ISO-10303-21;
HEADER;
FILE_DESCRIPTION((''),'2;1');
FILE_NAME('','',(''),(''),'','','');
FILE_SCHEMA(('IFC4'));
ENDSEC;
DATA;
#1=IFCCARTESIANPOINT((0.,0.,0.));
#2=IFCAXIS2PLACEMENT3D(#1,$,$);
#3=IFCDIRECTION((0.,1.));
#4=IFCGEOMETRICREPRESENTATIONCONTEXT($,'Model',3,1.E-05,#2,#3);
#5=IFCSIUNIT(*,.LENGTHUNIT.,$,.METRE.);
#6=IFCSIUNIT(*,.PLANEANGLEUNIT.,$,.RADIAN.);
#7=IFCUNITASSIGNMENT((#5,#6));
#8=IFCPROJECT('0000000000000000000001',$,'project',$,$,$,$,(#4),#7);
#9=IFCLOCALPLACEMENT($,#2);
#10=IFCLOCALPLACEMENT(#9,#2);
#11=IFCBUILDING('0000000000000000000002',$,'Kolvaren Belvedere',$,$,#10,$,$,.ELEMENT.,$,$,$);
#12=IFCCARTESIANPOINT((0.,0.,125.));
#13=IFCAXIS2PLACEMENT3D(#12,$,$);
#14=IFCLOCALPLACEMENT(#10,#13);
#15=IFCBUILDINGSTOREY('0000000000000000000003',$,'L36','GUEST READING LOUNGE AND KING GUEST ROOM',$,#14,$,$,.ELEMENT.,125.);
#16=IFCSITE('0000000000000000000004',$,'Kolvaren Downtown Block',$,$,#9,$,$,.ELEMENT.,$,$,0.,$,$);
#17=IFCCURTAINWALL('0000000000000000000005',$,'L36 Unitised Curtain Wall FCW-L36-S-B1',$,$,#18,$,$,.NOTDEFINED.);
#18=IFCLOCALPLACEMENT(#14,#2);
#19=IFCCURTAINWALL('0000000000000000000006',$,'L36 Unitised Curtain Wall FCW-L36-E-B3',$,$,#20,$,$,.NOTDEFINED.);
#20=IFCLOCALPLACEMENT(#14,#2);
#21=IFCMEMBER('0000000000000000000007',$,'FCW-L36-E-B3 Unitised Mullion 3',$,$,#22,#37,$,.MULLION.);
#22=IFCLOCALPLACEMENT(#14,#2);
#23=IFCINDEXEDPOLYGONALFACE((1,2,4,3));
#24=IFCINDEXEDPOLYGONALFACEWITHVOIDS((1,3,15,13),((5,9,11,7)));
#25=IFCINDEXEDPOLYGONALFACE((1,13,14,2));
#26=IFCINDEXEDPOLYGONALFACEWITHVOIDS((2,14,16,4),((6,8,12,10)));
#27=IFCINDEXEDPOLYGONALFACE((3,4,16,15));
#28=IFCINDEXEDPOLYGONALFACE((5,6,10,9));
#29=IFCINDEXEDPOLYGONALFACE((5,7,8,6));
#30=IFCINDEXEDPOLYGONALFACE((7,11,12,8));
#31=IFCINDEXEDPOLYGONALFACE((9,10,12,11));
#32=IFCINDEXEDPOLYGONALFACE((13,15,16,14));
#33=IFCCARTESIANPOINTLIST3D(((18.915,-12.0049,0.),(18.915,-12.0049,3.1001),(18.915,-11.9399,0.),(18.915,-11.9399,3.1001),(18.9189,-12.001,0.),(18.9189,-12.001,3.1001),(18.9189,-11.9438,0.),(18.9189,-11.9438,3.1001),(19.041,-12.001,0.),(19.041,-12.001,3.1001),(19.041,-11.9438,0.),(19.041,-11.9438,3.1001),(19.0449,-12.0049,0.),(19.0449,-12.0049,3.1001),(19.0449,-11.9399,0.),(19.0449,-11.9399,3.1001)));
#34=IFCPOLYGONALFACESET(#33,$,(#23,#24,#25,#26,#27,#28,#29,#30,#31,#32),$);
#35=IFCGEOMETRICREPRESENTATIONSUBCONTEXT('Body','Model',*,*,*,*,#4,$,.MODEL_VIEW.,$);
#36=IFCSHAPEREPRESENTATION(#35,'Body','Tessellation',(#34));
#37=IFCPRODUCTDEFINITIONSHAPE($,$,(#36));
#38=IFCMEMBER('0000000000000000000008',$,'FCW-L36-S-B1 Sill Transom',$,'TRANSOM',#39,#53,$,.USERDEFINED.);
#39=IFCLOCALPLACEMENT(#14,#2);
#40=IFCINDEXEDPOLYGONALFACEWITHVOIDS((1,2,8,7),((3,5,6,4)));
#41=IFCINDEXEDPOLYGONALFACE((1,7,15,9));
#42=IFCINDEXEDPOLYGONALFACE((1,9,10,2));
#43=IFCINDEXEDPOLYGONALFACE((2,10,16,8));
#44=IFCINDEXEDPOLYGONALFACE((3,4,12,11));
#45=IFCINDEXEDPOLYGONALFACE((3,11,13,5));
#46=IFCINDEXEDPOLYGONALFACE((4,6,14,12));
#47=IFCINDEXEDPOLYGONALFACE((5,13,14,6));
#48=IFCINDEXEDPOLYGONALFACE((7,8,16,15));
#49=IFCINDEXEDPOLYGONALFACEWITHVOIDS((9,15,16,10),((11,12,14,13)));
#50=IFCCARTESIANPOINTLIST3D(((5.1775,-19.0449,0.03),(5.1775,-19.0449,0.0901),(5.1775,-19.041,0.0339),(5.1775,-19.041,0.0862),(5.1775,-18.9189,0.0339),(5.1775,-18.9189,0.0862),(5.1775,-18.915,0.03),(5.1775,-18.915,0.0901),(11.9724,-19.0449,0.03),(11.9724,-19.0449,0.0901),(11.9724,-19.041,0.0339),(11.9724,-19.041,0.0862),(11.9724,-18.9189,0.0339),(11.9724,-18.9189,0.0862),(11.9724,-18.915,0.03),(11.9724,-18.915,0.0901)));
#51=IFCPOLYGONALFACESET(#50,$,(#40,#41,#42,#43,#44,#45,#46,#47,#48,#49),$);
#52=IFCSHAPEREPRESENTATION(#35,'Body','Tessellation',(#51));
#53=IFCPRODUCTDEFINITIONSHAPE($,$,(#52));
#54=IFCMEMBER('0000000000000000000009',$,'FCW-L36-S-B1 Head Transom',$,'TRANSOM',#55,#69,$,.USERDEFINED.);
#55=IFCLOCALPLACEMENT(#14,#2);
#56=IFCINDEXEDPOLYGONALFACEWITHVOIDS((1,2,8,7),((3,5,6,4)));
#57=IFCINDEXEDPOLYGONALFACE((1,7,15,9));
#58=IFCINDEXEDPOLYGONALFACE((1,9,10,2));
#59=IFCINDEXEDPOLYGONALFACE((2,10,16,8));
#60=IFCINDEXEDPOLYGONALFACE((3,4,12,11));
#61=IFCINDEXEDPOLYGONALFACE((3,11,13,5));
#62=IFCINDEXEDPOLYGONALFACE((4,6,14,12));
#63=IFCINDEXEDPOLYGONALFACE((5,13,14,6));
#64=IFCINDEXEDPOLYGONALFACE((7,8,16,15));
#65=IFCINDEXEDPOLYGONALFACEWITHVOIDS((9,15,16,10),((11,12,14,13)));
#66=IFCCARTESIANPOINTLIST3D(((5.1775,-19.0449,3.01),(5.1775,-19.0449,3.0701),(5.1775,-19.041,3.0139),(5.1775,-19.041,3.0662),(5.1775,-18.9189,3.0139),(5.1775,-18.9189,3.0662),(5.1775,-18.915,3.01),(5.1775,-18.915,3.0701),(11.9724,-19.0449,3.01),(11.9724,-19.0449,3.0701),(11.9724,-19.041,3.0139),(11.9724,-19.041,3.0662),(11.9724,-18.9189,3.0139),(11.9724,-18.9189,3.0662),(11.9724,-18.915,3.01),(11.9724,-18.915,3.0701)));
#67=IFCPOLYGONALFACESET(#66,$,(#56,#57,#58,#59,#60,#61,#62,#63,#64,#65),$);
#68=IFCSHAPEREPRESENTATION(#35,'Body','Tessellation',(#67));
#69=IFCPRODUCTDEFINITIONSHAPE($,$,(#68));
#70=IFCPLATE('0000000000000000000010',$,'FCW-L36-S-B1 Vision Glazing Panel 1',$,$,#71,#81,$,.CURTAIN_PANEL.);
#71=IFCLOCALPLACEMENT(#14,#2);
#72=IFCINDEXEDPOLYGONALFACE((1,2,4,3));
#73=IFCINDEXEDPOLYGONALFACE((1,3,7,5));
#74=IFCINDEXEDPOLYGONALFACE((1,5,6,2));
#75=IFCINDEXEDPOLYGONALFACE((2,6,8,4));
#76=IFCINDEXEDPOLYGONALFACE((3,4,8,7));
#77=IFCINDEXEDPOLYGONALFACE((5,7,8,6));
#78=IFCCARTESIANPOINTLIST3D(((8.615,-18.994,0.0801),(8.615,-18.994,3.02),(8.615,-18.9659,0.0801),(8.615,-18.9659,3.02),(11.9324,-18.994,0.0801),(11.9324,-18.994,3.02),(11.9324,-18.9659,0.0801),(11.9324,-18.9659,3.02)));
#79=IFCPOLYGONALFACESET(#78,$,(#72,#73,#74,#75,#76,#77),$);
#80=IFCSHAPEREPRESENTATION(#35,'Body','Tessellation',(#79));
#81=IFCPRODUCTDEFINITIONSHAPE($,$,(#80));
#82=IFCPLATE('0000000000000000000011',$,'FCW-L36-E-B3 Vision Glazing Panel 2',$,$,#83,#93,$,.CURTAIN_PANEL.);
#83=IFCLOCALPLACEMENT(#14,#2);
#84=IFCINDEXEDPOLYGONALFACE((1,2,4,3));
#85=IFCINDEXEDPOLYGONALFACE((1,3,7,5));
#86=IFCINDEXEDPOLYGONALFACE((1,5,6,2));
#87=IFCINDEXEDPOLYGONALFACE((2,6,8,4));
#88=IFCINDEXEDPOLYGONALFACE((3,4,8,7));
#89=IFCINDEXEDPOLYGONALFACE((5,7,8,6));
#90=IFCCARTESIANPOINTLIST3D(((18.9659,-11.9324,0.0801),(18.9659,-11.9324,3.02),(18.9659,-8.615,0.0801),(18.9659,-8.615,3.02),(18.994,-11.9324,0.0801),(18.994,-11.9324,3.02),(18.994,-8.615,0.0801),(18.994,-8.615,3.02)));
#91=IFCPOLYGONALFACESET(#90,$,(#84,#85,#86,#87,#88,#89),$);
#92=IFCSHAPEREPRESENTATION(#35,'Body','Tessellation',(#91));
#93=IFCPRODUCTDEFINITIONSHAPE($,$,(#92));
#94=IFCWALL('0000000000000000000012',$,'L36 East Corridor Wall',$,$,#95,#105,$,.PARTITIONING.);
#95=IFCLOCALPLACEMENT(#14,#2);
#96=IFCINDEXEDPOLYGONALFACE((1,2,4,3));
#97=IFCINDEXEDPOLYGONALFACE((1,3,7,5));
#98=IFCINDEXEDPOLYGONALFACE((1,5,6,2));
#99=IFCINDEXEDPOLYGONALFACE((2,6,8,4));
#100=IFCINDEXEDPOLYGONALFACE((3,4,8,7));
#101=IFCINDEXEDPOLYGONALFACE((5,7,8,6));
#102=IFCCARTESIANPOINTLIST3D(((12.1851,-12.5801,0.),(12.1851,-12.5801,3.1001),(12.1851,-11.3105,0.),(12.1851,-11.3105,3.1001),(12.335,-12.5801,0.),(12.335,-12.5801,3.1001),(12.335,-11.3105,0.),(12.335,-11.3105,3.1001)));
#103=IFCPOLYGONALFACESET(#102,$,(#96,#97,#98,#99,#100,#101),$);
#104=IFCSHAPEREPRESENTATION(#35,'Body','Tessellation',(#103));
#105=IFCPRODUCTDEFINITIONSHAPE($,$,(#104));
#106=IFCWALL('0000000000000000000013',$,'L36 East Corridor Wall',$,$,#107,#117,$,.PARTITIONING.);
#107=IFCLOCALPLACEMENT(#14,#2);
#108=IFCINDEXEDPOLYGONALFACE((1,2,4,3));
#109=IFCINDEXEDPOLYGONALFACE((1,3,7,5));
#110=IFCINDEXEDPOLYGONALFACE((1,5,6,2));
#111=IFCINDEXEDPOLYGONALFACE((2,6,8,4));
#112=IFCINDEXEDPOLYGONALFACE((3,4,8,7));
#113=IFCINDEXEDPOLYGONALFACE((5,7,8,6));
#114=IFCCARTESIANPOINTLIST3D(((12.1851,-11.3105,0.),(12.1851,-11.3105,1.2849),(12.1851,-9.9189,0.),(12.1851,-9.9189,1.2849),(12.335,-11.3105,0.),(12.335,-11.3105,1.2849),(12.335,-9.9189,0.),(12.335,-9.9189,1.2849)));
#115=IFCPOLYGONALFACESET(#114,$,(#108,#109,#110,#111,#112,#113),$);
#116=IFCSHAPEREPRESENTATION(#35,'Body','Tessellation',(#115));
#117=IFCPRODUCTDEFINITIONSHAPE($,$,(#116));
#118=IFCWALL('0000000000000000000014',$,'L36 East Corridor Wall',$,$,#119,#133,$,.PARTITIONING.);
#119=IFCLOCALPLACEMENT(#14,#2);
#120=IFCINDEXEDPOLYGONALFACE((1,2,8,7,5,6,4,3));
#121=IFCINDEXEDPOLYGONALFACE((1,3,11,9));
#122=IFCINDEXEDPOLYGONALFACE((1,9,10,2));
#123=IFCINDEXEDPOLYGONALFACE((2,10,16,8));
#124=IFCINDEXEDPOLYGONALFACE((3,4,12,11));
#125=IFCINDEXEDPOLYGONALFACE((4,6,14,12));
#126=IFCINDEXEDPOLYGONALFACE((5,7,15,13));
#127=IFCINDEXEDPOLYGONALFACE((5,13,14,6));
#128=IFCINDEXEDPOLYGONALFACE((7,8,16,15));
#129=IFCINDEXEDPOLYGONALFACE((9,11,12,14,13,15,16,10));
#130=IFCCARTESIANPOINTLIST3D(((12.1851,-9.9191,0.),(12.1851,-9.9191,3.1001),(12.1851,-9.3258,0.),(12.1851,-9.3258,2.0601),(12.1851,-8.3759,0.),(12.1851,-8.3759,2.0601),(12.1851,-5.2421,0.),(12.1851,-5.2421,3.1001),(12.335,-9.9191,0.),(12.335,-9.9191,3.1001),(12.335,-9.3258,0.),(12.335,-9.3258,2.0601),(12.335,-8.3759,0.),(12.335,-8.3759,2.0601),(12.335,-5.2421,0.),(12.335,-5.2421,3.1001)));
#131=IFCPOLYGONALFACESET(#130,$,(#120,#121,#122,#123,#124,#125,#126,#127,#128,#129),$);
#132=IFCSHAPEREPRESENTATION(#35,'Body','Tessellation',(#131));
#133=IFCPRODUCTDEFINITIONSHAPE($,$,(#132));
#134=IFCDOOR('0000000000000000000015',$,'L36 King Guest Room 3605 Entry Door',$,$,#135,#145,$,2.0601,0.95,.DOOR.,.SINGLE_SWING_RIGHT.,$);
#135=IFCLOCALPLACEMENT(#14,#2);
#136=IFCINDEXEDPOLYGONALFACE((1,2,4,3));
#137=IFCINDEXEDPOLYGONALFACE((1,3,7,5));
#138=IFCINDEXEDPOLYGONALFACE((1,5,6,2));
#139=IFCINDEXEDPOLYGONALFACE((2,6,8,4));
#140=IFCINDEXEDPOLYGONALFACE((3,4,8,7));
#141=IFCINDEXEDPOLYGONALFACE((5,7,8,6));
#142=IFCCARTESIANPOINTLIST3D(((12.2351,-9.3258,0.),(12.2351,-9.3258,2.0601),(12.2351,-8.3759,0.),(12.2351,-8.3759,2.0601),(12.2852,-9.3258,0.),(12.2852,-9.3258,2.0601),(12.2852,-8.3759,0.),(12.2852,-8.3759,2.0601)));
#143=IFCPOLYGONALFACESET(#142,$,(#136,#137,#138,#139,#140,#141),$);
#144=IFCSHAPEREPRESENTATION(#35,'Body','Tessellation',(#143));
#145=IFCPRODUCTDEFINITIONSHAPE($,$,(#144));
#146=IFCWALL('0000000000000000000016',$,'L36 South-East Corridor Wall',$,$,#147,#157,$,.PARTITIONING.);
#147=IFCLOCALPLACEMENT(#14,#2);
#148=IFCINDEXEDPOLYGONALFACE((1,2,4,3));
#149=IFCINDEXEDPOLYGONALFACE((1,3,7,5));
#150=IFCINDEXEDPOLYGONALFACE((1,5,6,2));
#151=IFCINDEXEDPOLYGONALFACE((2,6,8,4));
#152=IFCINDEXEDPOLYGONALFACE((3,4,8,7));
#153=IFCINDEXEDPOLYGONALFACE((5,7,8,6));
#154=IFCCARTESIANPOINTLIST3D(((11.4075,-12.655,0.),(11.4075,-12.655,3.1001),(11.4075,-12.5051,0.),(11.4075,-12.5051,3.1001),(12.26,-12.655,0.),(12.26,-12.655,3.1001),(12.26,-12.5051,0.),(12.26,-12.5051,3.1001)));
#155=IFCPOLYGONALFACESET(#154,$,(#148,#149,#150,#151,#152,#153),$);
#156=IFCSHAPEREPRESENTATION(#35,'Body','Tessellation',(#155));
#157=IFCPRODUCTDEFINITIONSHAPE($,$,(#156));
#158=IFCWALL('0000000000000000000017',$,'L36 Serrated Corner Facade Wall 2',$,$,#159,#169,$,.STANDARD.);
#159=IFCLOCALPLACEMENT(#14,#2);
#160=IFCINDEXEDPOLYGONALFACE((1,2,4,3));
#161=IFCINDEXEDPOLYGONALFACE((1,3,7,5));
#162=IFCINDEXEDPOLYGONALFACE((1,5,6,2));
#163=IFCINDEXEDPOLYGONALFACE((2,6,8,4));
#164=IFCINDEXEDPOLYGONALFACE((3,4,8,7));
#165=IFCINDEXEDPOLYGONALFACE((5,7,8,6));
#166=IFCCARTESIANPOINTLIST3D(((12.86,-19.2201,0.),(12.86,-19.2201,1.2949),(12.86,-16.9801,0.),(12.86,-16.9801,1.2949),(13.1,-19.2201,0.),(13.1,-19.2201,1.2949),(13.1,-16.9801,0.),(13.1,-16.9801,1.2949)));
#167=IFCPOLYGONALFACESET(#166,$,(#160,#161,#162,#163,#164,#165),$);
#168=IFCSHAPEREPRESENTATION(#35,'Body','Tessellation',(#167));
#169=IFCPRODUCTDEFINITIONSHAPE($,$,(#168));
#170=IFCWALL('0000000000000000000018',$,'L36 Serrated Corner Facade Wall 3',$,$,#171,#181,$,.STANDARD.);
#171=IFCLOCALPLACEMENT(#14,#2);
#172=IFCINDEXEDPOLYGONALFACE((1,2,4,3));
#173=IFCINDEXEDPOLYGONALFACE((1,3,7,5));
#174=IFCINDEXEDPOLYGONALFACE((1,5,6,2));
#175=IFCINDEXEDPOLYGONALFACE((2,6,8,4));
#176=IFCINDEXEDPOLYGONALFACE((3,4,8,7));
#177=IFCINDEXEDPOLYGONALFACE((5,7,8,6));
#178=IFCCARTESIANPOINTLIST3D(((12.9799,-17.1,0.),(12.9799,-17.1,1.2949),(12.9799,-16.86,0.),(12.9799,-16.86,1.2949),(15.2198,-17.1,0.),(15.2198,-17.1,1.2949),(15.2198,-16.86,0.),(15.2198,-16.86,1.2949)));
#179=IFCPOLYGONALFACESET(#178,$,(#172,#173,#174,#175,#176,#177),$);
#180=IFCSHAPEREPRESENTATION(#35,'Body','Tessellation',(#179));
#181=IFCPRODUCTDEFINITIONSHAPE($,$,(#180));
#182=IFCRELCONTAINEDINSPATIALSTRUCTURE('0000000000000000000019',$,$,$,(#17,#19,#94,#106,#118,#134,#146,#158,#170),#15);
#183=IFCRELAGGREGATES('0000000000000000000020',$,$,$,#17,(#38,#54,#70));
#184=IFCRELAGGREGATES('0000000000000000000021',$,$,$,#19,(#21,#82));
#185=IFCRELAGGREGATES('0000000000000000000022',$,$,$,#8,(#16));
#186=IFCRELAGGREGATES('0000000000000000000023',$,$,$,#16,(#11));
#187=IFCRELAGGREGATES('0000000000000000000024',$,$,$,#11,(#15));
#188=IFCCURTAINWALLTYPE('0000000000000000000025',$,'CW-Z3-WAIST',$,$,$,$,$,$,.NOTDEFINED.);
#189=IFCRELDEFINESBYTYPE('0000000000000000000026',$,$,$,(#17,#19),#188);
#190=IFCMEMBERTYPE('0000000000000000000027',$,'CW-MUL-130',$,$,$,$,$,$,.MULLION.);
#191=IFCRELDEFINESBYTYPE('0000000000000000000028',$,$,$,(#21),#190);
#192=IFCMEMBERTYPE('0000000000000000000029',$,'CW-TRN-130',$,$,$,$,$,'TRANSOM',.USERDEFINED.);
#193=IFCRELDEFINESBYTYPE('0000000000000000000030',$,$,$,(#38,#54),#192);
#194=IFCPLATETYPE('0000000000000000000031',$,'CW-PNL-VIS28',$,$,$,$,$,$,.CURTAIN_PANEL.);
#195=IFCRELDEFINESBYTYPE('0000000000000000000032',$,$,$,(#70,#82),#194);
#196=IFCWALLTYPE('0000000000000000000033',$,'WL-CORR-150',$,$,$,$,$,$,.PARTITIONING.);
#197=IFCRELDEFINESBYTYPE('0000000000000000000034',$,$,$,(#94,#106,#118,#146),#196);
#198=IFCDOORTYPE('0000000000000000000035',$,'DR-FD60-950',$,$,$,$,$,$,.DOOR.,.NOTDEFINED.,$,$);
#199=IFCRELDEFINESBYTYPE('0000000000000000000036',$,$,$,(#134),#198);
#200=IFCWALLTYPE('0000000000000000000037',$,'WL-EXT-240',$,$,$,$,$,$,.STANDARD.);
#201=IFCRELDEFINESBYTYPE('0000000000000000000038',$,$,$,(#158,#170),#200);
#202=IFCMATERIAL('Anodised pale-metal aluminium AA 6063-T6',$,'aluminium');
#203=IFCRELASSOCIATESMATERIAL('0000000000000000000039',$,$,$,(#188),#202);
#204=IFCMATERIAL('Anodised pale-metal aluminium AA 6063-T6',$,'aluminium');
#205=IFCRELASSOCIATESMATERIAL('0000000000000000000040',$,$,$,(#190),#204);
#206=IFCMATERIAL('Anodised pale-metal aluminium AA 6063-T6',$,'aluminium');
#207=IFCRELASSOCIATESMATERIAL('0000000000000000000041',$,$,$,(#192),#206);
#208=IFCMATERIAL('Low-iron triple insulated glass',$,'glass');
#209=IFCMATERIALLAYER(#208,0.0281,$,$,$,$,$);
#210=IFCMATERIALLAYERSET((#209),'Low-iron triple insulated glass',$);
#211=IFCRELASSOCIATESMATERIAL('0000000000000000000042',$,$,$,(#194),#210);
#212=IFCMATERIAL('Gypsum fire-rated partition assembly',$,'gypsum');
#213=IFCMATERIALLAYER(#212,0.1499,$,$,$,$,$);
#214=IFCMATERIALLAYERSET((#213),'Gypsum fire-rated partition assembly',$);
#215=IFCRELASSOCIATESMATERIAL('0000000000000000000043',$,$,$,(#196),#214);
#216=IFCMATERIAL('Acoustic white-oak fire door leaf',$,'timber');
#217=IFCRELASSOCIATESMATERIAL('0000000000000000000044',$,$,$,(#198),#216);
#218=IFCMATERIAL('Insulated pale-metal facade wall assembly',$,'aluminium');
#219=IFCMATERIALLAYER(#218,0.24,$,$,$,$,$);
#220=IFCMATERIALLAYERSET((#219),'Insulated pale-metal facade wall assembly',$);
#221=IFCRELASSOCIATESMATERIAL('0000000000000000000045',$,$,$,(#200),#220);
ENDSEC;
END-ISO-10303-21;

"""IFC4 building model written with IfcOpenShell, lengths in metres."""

from ifc_helpers import new_model, si_unit, direction, frame, frame_2d, origin, origin_2d, place, context, subcontext, project, spatial, rectangle, hollow_rectangle, extrude, material, layer, layer_set, material_profile, profile_set, type_object, element, fill, aggregate, save


model = new_model("IFC4")

# Units and contexts
model_context = context("Model", 3, precision=1e-05, world=origin(), true_north=direction((0.0, 1.0)))
body_context = subcontext(model_context, "Body", "Model", "MODEL_VIEW")
ifc_project = project(units=[si_unit("LENGTHUNIT", "METRE"), si_unit("PLANEANGLEUNIT", "RADIAN")], contexts=[model_context])

# Site, building, storey
site_placement = place(None, origin())
site = spatial("IfcSite", under=ifc_project, at=site_placement, Name="Kolvaren Downtown Block", CompositionType="ELEMENT", RefElevation=0.0)
building_placement = place(site_placement, origin())
building = spatial("IfcBuilding", under=site, at=building_placement, Name="Kolvaren Belvedere", CompositionType="ELEMENT")
storey_placement = place(building_placement, frame((0.0, 0.0, 125.0)))
storey = spatial("IfcBuildingStorey", under=building, at=storey_placement, Name="L36", Description="GUEST READING LOUNGE AND KING GUEST ROOM", CompositionType="ELEMENT", Elevation=125.0)

# Curtain walls, member
ifc_material_1 = material(Name="Anodised pale-metal aluminium AA 6063-T6", Category="aluminium")
curtain_wall_type = type_object("IfcCurtainWallType", Name="CW-Z3-WAIST", PredefinedType="NOTDEFINED", material=ifc_material_1)
curtain_wall_1_placement = place(storey_placement, origin())
curtain_wall_1 = element("IfcCurtainWall", 1, at=curtain_wall_1_placement, inside=storey, type_object=curtain_wall_type, Name="L36 Unitised Curtain Wall FCW-L36-S-B1", PredefinedType="NOTDEFINED")
ifc_material_2 = material(Name="Anodised pale-metal aluminium AA 6063-T6", Category="aluminium")
ifc_material_profile_1 = material_profile(ifc_material_2, hollow_rectangle(XDim=0.0649, YDim=0.1299, WallThickness=0.0039, at=origin_2d()), Name="ALU-MUL-130X65")
ifc_profile_set_1 = profile_set([ifc_material_profile_1], Name="Anodised pale-metal aluminium AA 6063-T6")
member_type_1 = type_object("IfcMemberType", Name="CW-MUL-130", PredefinedType="MULLION", material=ifc_profile_set_1)
curtain_wall_2_placement = place(storey_placement, origin())
curtain_wall_2 = element("IfcCurtainWall", 2, at=curtain_wall_2_placement, inside=storey, type_object=curtain_wall_type, Name="L36 Unitised Curtain Wall FCW-L36-E-B3", PredefinedType="NOTDEFINED")
member_1_placement = place(storey_placement, frame((18.98, -11.9724, 0.0), z_axis=(0.0, 0.0, 1.0), x_axis=(0.0, 1.0, 0.0)))
member_1 = element("IfcMember", 3, at=member_1_placement, type_object=member_type_1, Name="FCW-L36-E-B3 Unitised Mullion 3", PredefinedType="MULLION", context=body_context, shape_type="SweptSolid", body=[
    extrude(hollow_rectangle(XDim=0.0649, YDim=0.1299, WallThickness=0.0039, at=origin_2d()), origin(), (0.0, 0.0, 1.0), 3.1001),
])

# Members
ifc_material_3 = material(Name="Anodised pale-metal aluminium AA 6063-T6", Category="aluminium")
ifc_material_profile_2 = material_profile(ifc_material_3, hollow_rectangle(XDim=0.0601, YDim=0.1299, WallThickness=0.0039, at=origin_2d()), Name="ALU-TRN-130X60")
ifc_profile_set_2 = profile_set([ifc_material_profile_2], Name="Anodised pale-metal aluminium AA 6063-T6")
member_type_2 = type_object("IfcMemberType", Name="CW-TRN-130", ElementType="TRANSOM", PredefinedType="USERDEFINED", material=ifc_profile_set_2)
member_2_placement = place(storey_placement, frame((11.9724, -18.98, 0.0601), z_axis=(-1.0, 0.0, 0.0), x_axis=(0.0, 0.0, 1.0)))
member_2 = element("IfcMember", 4, at=member_2_placement, type_object=member_type_2, Name="FCW-L36-S-B1 Sill Transom", ObjectType="TRANSOM", PredefinedType="USERDEFINED", context=body_context, shape_type="SweptSolid", body=[
    extrude(hollow_rectangle(XDim=0.0601, YDim=0.1299, WallThickness=0.0039, at=origin_2d()), origin(), (0.0, 0.0, 1.0), 6.7949),
])
member_3_placement = place(storey_placement, frame((11.9724, -18.98, 3.04), z_axis=(-1.0, 0.0, 0.0), x_axis=(0.0, 0.0, 1.0)))
member_3 = element("IfcMember", 5, at=member_3_placement, type_object=member_type_2, Name="FCW-L36-S-B1 Head Transom", ObjectType="TRANSOM", PredefinedType="USERDEFINED", context=body_context, shape_type="SweptSolid", body=[
    extrude(hollow_rectangle(XDim=0.0601, YDim=0.1299, WallThickness=0.0039, at=origin_2d()), origin(), (0.0, 0.0, 1.0), 6.7949),
])

# Plates
ifc_material_4 = material(Name="Low-iron triple insulated glass", Category="glass")
ifc_layer_1 = layer(ifc_material_4, 0.0281)
ifc_layer_set_1 = layer_set([ifc_layer_1], Name="Low-iron triple insulated glass")
plate_type = type_object("IfcPlateType", Name="CW-PNL-VIS28", PredefinedType="CURTAIN_PANEL", material=ifc_layer_set_1)
plate_1_placement = place(storey_placement, frame((10.2737, -18.98, 0.0801), z_axis=(0.0, 0.0, 1.0), x_axis=(-1.0, 0.0, 0.0)))
plate_1 = element("IfcPlate", 6, at=plate_1_placement, type_object=plate_type, Name="FCW-L36-S-B1 Vision Glazing Panel 1", PredefinedType="CURTAIN_PANEL", context=body_context, shape_type="SweptSolid", body=[
    extrude(rectangle(XDim=3.3174, YDim=0.0281, at=origin_2d()), origin(), (0.0, 0.0, 1.0), 2.9399),
])
aggregate(curtain_wall_1, [member_2, member_3, plate_1])
plate_2_placement = place(storey_placement, frame((18.98, -10.2737, 0.0801), z_axis=(0.0, 0.0, 1.0), x_axis=(0.0, -1.0, 0.0)))
plate_2 = element("IfcPlate", 7, at=plate_2_placement, type_object=plate_type, Name="FCW-L36-E-B3 Vision Glazing Panel 2", PredefinedType="CURTAIN_PANEL", context=body_context, shape_type="SweptSolid", body=[
    extrude(rectangle(XDim=3.3174, YDim=0.0281, at=origin_2d()), origin(), (0.0, 0.0, 1.0), 2.9399),
])
aggregate(curtain_wall_2, [member_1, plate_2])

# Walls
ifc_material_5 = material(Name="Gypsum fire-rated partition assembly", Category="gypsum")
ifc_layer_2 = layer(ifc_material_5, 0.1499)
ifc_layer_set_2 = layer_set([ifc_layer_2], Name="Gypsum fire-rated partition assembly")
wall_type_1 = type_object("IfcWallType", Name="WL-CORR-150", PredefinedType="PARTITIONING", material=ifc_layer_set_2)
wall_1_placement = place(storey_placement, frame((12.26, -12.5801, 0.0), z_axis=(0.0, 0.0, 1.0), x_axis=(0.0, 1.0, 0.0)))
element("IfcWall", 8, at=wall_1_placement, inside=storey, type_object=wall_type_1, Name="L36 East Corridor Wall", PredefinedType="PARTITIONING", context=body_context, shape_type="SweptSolid", body=[
    extrude(rectangle(XDim=1.2695, YDim=0.1499, at=frame_2d((0.6348, 0.0))), origin(), (0.0, 0.0, 1.0), 3.1001),
])
wall_2_placement = place(storey_placement, frame((12.26, -11.3105, 0.0), z_axis=(0.0, 0.0, 1.0), x_axis=(0.0, 1.0, 0.0)))
element("IfcWall", 9, at=wall_2_placement, inside=storey, type_object=wall_type_1, Name="L36 East Corridor Wall", PredefinedType="PARTITIONING", context=body_context, shape_type="SweptSolid", body=[
    extrude(rectangle(XDim=1.3916, YDim=0.1499, at=frame_2d((0.6958, 0.0))), origin(), (0.0, 0.0, 1.0), 1.2849),
])

# Wall, opening, door
wall_3_placement = place(storey_placement, frame((12.26, -9.9189, 0.0), z_axis=(0.0, 0.0, 1.0), x_axis=(0.0, 1.0, 0.0)))
wall_3 = element("IfcWall", 10, at=wall_3_placement, inside=storey, type_object=wall_type_1, Name="L36 East Corridor Wall", PredefinedType="PARTITIONING", context=body_context, shape_type="SweptSolid", body=[
    extrude(rectangle(XDim=4.677, YDim=0.1499, at=frame_2d((2.3384, 0.0))), origin(), (0.0, 0.0, 1.0), 3.1001),
])
opening_placement = place(wall_3_placement, frame((0.593, 0.0, 0.0)))
opening = element("IfcOpeningElement", 11, at=opening_placement, cuts=wall_3, PredefinedType="OPENING", context=body_context, shape_type="SweptSolid", body=[
    extrude(rectangle(XDim=0.95, YDim=2.0601, at=frame_2d((0.4751, 1.03))), frame((0.0, 0.085, 0.0), z_axis=(0.0, -1.0, 0.0), x_axis=(1.0, 0.0, 0.0)), (0.0, 0.0, 1.0), 0.1699),
])
ifc_material_6 = material(Name="Acoustic white-oak fire door leaf", Category="timber")
door_type = type_object("IfcDoorType", Name="DR-FD60-950", OperationType="NOTDEFINED", PredefinedType="DOOR", material=ifc_material_6)
door_placement = place(opening_placement, origin())
door = element("IfcDoor", 12, at=door_placement, inside=storey, type_object=door_type, Name="L36 King Guest Room 3605 Entry Door", OperationType="SINGLE_SWING_RIGHT", OverallHeight=2.0601, OverallWidth=0.95, PredefinedType="DOOR", context=body_context, shape_type="SweptSolid", body=[
    extrude(rectangle(XDim=0.95, YDim=2.0601, at=frame_2d((0.4751, 1.03))), frame((0.0, 0.0249, 0.0), z_axis=(0.0, -1.0, 0.0), x_axis=(1.0, 0.0, 0.0)), (0.0, 0.0, 1.0), 0.05),
])
fill(opening, door)

# Walls
wall_4_placement = place(storey_placement, frame((11.4075, -12.5801, 0.0), z_axis=(0.0, 0.0, 1.0), x_axis=(1.0, 0.0, 0.0)))
element("IfcWall", 13, at=wall_4_placement, inside=storey, type_object=wall_type_1, Name="L36 South-East Corridor Wall", PredefinedType="PARTITIONING", context=body_context, shape_type="SweptSolid", body=[
    extrude(rectangle(XDim=0.8525, YDim=0.1499, at=frame_2d((0.4263, 0.0))), origin(), (0.0, 0.0, 1.0), 3.1001),
])
ifc_material_7 = material(Name="Insulated pale-metal facade wall assembly", Category="aluminium")
ifc_layer_3 = layer(ifc_material_7, 0.24)
ifc_layer_set_3 = layer_set([ifc_layer_3], Name="Insulated pale-metal facade wall assembly")
wall_type_2 = type_object("IfcWallType", Name="WL-EXT-240", PredefinedType="STANDARD", material=ifc_layer_set_3)
for number, where, z_axis, x_axis, name in (
    (14, (12.98, -16.98, 0.0), (0.0, 0.0, 1.0), (0.0, -1.0, 0.0), "L36 Serrated Corner Facade Wall 2"),
    (15, (15.22, -16.98, 0.0), (0.0, 0.0, 1.0), (-1.0, 0.0, 0.0), "L36 Serrated Corner Facade Wall 3"),
):
    element("IfcWall", number, at=place(storey_placement, frame(where, z_axis=z_axis, x_axis=x_axis)), inside=storey, type_object=wall_type_2, Name=name, PredefinedType="STANDARD", context=body_context, shape_type="SweptSolid", body=[
        extrude(rectangle(XDim=2.24, YDim=0.24, at=frame_2d((1.1201, 0.0))), origin(), (0.0, 0.0, 1.0), 1.2949),
    ])

save(model, "model.ifc")
